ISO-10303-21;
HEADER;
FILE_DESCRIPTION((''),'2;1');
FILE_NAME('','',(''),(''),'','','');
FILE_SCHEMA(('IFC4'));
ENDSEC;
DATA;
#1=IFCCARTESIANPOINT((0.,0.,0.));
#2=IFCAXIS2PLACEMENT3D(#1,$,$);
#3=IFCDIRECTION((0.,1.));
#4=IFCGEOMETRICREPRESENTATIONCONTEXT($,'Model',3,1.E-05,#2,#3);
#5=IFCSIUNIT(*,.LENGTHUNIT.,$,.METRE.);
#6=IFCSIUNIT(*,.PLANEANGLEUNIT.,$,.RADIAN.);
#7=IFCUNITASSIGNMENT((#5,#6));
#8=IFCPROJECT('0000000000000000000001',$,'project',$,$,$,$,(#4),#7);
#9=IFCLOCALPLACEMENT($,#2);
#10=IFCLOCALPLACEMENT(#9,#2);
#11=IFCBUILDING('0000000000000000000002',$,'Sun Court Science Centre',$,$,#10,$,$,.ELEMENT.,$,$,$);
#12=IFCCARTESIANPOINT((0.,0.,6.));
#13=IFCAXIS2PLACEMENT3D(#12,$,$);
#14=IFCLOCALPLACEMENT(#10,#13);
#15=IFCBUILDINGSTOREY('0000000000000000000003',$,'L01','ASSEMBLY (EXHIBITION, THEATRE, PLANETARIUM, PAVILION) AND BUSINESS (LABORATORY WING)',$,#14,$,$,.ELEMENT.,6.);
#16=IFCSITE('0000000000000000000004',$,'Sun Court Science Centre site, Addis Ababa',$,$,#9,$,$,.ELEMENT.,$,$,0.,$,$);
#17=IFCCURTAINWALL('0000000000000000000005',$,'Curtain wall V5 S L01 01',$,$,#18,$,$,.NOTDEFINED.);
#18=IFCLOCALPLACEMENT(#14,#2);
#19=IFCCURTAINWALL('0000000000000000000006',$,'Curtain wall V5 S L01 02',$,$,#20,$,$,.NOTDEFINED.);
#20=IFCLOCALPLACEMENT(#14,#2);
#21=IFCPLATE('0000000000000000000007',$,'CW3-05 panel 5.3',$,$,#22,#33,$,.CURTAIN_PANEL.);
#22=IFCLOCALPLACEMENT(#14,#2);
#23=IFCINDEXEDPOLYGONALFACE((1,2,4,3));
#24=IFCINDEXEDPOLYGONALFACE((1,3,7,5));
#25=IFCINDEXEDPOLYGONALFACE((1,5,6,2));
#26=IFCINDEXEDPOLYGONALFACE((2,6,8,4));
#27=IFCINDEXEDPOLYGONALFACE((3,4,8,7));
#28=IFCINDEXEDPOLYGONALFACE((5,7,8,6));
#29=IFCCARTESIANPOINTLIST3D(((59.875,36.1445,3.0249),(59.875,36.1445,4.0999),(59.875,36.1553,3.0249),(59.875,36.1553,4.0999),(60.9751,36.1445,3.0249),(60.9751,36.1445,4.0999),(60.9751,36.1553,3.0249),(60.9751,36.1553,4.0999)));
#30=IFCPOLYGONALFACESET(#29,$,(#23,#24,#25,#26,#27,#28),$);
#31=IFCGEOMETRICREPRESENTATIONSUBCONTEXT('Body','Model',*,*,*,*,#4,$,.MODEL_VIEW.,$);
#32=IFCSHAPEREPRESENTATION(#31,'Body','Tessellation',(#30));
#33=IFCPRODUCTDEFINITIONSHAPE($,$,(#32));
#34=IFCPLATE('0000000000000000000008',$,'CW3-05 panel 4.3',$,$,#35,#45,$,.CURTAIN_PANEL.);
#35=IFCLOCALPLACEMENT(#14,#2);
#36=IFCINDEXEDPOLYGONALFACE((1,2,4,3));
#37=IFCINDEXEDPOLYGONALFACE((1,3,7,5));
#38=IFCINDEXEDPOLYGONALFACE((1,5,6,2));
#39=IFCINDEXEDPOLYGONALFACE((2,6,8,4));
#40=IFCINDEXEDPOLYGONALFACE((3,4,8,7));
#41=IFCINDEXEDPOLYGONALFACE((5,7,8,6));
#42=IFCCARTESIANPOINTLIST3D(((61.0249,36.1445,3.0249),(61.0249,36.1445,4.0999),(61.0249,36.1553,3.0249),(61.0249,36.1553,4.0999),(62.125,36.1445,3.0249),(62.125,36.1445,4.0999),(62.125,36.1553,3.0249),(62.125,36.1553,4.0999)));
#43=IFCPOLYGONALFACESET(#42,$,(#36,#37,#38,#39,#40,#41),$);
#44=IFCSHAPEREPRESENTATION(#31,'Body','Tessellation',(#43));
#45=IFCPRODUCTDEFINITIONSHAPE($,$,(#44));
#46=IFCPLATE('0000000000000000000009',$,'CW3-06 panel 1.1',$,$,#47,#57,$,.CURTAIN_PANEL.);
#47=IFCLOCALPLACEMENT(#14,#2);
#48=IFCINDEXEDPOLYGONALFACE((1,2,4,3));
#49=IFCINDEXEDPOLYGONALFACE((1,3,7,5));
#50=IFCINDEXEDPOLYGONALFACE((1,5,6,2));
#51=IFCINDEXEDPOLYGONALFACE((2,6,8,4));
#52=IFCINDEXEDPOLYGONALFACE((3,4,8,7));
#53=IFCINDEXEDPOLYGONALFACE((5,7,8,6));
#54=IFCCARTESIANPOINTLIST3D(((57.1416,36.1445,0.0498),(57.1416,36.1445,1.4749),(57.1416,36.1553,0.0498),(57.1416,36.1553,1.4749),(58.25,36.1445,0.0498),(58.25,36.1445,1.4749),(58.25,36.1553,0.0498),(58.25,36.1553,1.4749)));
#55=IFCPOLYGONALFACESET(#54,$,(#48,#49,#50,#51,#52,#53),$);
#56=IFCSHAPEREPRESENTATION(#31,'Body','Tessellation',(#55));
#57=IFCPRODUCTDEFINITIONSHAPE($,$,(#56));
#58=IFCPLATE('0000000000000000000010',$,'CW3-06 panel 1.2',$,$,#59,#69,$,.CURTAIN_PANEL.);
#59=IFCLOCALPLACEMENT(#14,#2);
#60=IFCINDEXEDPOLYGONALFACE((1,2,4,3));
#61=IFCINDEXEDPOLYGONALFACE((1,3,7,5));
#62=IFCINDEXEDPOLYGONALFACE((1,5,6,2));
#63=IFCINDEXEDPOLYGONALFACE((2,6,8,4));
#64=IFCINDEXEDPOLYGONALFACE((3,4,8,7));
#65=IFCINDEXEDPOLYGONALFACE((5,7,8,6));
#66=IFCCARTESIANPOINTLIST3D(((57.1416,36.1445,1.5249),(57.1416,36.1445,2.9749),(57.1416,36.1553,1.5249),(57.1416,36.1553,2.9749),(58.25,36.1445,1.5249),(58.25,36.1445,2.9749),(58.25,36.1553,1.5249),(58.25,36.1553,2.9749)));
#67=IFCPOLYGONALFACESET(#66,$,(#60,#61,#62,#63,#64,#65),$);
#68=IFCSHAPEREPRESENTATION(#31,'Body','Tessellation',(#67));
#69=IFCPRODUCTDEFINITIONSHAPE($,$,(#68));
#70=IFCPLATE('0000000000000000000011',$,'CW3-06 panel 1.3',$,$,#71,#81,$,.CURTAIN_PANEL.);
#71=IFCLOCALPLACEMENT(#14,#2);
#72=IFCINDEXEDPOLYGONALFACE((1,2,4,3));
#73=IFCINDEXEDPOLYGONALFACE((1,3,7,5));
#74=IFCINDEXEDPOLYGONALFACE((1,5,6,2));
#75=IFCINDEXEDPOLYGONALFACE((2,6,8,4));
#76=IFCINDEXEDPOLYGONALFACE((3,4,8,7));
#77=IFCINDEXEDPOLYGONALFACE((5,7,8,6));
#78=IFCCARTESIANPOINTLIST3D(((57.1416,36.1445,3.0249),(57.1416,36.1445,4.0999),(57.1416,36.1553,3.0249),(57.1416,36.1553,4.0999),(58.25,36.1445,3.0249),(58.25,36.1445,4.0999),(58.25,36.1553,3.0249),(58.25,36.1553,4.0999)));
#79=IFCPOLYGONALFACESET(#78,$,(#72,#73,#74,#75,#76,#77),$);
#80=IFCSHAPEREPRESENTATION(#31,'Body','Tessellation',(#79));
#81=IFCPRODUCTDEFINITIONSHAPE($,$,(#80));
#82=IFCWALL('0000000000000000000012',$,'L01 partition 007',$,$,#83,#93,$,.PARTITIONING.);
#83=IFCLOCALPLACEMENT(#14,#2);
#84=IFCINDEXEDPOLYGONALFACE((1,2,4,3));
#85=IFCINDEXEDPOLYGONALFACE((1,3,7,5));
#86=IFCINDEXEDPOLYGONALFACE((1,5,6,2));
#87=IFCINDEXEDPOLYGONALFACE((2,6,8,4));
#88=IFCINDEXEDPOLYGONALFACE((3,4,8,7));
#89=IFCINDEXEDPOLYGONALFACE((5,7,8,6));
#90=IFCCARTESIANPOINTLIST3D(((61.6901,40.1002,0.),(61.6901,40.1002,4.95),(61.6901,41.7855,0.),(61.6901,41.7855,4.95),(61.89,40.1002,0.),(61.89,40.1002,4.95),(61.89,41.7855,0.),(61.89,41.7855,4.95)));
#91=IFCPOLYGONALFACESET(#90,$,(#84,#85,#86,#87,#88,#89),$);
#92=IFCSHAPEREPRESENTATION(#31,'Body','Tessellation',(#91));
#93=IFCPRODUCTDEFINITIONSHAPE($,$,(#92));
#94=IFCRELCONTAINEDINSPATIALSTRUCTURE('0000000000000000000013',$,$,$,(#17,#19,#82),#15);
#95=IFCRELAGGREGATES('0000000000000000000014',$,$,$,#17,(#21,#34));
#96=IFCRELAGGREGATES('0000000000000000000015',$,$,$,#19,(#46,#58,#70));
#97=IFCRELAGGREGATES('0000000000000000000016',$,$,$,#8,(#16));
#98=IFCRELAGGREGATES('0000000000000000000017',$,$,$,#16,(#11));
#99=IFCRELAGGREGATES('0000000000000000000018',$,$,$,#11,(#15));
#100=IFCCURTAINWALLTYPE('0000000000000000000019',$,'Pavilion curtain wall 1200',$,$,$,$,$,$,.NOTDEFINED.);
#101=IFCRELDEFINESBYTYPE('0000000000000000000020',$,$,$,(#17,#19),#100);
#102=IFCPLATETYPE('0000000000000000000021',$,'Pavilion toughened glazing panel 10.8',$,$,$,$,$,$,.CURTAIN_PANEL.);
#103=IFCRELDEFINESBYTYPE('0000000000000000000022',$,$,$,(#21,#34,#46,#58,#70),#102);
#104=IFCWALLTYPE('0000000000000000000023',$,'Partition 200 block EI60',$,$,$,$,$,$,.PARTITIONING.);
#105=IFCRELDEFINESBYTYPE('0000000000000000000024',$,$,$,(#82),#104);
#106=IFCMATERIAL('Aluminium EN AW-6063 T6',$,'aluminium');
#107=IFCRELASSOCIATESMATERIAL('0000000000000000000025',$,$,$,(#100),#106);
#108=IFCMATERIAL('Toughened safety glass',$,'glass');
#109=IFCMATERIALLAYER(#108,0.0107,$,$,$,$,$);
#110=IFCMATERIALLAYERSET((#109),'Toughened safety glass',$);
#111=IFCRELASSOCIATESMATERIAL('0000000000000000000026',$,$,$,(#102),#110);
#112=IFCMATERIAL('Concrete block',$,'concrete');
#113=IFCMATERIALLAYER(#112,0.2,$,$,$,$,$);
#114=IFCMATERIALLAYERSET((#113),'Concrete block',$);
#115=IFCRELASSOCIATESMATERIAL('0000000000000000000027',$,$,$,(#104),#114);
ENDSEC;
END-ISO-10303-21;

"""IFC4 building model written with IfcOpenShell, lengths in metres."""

from ifc_helpers import new_model, si_unit, direction, frame, frame_2d, origin, origin_2d, place, context, subcontext, project, spatial, rectangle, extrude, material, layer, layer_set, type_object, element, aggregate, save


model = new_model("IFC4")

# Units and contexts
model_context = context("Model", 3, precision=1e-05, world=origin(), true_north=direction((0.0, 1.0)))
body_context = subcontext(model_context, "Body", "Model", "MODEL_VIEW")
ifc_project = project(units=[si_unit("LENGTHUNIT", "METRE"), si_unit("PLANEANGLEUNIT", "RADIAN")], contexts=[model_context])

# Site, building, storey
site_placement = place(None, origin())
site = spatial("IfcSite", under=ifc_project, at=site_placement, Name="Sun Court Science Centre site, Addis Ababa", CompositionType="ELEMENT", RefElevation=0.0)
building_placement = place(site_placement, origin())
building = spatial("IfcBuilding", under=site, at=building_placement, Name="Sun Court Science Centre", CompositionType="ELEMENT")
storey_placement = place(building_placement, frame((0.0, 0.0, 6.0)))
storey = spatial("IfcBuildingStorey", under=building, at=storey_placement, Name="L01", Description="ASSEMBLY (EXHIBITION, THEATRE, PLANETARIUM, PAVILION) AND BUSINESS (LABORATORY WING)", CompositionType="ELEMENT", Elevation=6.0)

# Curtain walls
ifc_material_1 = material(Name="Aluminium EN AW-6063 T6", Category="aluminium")
curtain_wall_type = type_object("IfcCurtainWallType", Name="Pavilion curtain wall 1200", PredefinedType="NOTDEFINED", material=ifc_material_1)
curtain_wall_1_placement = place(storey_placement, origin())
curtain_wall_1 = element("IfcCurtainWall", 1, at=curtain_wall_1_placement, inside=storey, type_object=curtain_wall_type, Name="Curtain wall V5 S L01 01", PredefinedType="NOTDEFINED")
curtain_wall_2_placement = place(storey_placement, origin())
curtain_wall_2 = element("IfcCurtainWall", 2, at=curtain_wall_2_placement, inside=storey, type_object=curtain_wall_type, Name="Curtain wall V5 S L01 02", PredefinedType="NOTDEFINED")

# Plates
ifc_material_2 = material(Name="Toughened safety glass", Category="glass")
ifc_layer_1 = layer(ifc_material_2, 0.0107)
ifc_layer_set_1 = layer_set([ifc_layer_1], Name="Toughened safety glass")
plate_type = type_object("IfcPlateType", Name="Pavilion toughened glazing panel 10.8", PredefinedType="CURTAIN_PANEL", material=ifc_layer_set_1)
plate_1_placement = place(storey_placement, frame((60.425, 36.1499, 3.0249), z_axis=(0.0, 0.0, 1.0), x_axis=(-1.0, 0.0, 0.0)))
plate_1 = element("IfcPlate", 3, at=plate_1_placement, type_object=plate_type, Name="CW3-05 panel 5.3", PredefinedType="CURTAIN_PANEL", context=body_context, shape_type="SweptSolid", body=[
    extrude(rectangle(XDim=1.1001, YDim=0.0107, at=origin_2d()), origin(), (0.0, 0.0, 1.0), 1.075),
])
plate_2_placement = place(storey_placement, frame((61.575, 36.1499, 3.0249), z_axis=(0.0, 0.0, 1.0), x_axis=(-1.0, 0.0, 0.0)))
plate_2 = element("IfcPlate", 4, at=plate_2_placement, type_object=plate_type, Name="CW3-05 panel 4.3", PredefinedType="CURTAIN_PANEL", context=body_context, shape_type="SweptSolid", body=[
    extrude(rectangle(XDim=1.1001, YDim=0.0107, at=origin_2d()), origin(), (0.0, 0.0, 1.0), 1.075),
])
aggregate(curtain_wall_1, [plate_1, plate_2])
plate_3_placement = place(storey_placement, frame((57.6958, 36.1499, 0.0498), z_axis=(0.0, 0.0, 1.0), x_axis=(-1.0, 0.0, 0.0)))
plate_3 = element("IfcPlate", 5, at=plate_3_placement, type_object=plate_type, Name="CW3-06 panel 1.1", PredefinedType="CURTAIN_PANEL", context=body_context, shape_type="SweptSolid", body=[
    extrude(rectangle(XDim=1.1084, YDim=0.0107, at=origin_2d()), origin(), (0.0, 0.0, 1.0), 1.425),
])
plate_4_placement = place(storey_placement, frame((57.6958, 36.1499, 1.5249), z_axis=(0.0, 0.0, 1.0), x_axis=(-1.0, 0.0, 0.0)))
plate_4 = element("IfcPlate", 6, at=plate_4_placement, type_object=plate_type, Name="CW3-06 panel 1.2", PredefinedType="CURTAIN_PANEL", context=body_context, shape_type="SweptSolid", body=[
    extrude(rectangle(XDim=1.1084, YDim=0.0107, at=origin_2d()), origin(), (0.0, 0.0, 1.0), 1.45),
])
plate_5_placement = place(storey_placement, frame((57.6958, 36.1499, 3.0249), z_axis=(0.0, 0.0, 1.0), x_axis=(-1.0, 0.0, 0.0)))
plate_5 = element("IfcPlate", 7, at=plate_5_placement, type_object=plate_type, Name="CW3-06 panel 1.3", PredefinedType="CURTAIN_PANEL", context=body_context, shape_type="SweptSolid", body=[
    extrude(rectangle(XDim=1.1084, YDim=0.0107, at=origin_2d()), origin(), (0.0, 0.0, 1.0), 1.075),
])
aggregate(curtain_wall_2, [plate_3, plate_4, plate_5])

# Wall
ifc_material_3 = material(Name="Concrete block", Category="concrete")
ifc_layer_2 = layer(ifc_material_3, 0.2)
ifc_layer_set_2 = layer_set([ifc_layer_2], Name="Concrete block")
wall_type = type_object("IfcWallType", Name="Partition 200 block EI60", PredefinedType="PARTITIONING", material=ifc_layer_set_2)
wall_placement = place(storey_placement, frame((61.79, 40.1001, 0.0), z_axis=(0.0, 0.0, 1.0), x_axis=(0.0, 1.0, 0.0)))
element("IfcWall", 8, at=wall_placement, inside=storey, type_object=wall_type, Name="L01 partition 007", PredefinedType="PARTITIONING", context=body_context, shape_type="SweptSolid", body=[
    extrude(rectangle(XDim=1.6853, YDim=0.2, at=frame_2d((0.8428, 0.0))), origin(), (0.0, 0.0, 1.0), 4.95),
])

save(model, "model.ifc")
